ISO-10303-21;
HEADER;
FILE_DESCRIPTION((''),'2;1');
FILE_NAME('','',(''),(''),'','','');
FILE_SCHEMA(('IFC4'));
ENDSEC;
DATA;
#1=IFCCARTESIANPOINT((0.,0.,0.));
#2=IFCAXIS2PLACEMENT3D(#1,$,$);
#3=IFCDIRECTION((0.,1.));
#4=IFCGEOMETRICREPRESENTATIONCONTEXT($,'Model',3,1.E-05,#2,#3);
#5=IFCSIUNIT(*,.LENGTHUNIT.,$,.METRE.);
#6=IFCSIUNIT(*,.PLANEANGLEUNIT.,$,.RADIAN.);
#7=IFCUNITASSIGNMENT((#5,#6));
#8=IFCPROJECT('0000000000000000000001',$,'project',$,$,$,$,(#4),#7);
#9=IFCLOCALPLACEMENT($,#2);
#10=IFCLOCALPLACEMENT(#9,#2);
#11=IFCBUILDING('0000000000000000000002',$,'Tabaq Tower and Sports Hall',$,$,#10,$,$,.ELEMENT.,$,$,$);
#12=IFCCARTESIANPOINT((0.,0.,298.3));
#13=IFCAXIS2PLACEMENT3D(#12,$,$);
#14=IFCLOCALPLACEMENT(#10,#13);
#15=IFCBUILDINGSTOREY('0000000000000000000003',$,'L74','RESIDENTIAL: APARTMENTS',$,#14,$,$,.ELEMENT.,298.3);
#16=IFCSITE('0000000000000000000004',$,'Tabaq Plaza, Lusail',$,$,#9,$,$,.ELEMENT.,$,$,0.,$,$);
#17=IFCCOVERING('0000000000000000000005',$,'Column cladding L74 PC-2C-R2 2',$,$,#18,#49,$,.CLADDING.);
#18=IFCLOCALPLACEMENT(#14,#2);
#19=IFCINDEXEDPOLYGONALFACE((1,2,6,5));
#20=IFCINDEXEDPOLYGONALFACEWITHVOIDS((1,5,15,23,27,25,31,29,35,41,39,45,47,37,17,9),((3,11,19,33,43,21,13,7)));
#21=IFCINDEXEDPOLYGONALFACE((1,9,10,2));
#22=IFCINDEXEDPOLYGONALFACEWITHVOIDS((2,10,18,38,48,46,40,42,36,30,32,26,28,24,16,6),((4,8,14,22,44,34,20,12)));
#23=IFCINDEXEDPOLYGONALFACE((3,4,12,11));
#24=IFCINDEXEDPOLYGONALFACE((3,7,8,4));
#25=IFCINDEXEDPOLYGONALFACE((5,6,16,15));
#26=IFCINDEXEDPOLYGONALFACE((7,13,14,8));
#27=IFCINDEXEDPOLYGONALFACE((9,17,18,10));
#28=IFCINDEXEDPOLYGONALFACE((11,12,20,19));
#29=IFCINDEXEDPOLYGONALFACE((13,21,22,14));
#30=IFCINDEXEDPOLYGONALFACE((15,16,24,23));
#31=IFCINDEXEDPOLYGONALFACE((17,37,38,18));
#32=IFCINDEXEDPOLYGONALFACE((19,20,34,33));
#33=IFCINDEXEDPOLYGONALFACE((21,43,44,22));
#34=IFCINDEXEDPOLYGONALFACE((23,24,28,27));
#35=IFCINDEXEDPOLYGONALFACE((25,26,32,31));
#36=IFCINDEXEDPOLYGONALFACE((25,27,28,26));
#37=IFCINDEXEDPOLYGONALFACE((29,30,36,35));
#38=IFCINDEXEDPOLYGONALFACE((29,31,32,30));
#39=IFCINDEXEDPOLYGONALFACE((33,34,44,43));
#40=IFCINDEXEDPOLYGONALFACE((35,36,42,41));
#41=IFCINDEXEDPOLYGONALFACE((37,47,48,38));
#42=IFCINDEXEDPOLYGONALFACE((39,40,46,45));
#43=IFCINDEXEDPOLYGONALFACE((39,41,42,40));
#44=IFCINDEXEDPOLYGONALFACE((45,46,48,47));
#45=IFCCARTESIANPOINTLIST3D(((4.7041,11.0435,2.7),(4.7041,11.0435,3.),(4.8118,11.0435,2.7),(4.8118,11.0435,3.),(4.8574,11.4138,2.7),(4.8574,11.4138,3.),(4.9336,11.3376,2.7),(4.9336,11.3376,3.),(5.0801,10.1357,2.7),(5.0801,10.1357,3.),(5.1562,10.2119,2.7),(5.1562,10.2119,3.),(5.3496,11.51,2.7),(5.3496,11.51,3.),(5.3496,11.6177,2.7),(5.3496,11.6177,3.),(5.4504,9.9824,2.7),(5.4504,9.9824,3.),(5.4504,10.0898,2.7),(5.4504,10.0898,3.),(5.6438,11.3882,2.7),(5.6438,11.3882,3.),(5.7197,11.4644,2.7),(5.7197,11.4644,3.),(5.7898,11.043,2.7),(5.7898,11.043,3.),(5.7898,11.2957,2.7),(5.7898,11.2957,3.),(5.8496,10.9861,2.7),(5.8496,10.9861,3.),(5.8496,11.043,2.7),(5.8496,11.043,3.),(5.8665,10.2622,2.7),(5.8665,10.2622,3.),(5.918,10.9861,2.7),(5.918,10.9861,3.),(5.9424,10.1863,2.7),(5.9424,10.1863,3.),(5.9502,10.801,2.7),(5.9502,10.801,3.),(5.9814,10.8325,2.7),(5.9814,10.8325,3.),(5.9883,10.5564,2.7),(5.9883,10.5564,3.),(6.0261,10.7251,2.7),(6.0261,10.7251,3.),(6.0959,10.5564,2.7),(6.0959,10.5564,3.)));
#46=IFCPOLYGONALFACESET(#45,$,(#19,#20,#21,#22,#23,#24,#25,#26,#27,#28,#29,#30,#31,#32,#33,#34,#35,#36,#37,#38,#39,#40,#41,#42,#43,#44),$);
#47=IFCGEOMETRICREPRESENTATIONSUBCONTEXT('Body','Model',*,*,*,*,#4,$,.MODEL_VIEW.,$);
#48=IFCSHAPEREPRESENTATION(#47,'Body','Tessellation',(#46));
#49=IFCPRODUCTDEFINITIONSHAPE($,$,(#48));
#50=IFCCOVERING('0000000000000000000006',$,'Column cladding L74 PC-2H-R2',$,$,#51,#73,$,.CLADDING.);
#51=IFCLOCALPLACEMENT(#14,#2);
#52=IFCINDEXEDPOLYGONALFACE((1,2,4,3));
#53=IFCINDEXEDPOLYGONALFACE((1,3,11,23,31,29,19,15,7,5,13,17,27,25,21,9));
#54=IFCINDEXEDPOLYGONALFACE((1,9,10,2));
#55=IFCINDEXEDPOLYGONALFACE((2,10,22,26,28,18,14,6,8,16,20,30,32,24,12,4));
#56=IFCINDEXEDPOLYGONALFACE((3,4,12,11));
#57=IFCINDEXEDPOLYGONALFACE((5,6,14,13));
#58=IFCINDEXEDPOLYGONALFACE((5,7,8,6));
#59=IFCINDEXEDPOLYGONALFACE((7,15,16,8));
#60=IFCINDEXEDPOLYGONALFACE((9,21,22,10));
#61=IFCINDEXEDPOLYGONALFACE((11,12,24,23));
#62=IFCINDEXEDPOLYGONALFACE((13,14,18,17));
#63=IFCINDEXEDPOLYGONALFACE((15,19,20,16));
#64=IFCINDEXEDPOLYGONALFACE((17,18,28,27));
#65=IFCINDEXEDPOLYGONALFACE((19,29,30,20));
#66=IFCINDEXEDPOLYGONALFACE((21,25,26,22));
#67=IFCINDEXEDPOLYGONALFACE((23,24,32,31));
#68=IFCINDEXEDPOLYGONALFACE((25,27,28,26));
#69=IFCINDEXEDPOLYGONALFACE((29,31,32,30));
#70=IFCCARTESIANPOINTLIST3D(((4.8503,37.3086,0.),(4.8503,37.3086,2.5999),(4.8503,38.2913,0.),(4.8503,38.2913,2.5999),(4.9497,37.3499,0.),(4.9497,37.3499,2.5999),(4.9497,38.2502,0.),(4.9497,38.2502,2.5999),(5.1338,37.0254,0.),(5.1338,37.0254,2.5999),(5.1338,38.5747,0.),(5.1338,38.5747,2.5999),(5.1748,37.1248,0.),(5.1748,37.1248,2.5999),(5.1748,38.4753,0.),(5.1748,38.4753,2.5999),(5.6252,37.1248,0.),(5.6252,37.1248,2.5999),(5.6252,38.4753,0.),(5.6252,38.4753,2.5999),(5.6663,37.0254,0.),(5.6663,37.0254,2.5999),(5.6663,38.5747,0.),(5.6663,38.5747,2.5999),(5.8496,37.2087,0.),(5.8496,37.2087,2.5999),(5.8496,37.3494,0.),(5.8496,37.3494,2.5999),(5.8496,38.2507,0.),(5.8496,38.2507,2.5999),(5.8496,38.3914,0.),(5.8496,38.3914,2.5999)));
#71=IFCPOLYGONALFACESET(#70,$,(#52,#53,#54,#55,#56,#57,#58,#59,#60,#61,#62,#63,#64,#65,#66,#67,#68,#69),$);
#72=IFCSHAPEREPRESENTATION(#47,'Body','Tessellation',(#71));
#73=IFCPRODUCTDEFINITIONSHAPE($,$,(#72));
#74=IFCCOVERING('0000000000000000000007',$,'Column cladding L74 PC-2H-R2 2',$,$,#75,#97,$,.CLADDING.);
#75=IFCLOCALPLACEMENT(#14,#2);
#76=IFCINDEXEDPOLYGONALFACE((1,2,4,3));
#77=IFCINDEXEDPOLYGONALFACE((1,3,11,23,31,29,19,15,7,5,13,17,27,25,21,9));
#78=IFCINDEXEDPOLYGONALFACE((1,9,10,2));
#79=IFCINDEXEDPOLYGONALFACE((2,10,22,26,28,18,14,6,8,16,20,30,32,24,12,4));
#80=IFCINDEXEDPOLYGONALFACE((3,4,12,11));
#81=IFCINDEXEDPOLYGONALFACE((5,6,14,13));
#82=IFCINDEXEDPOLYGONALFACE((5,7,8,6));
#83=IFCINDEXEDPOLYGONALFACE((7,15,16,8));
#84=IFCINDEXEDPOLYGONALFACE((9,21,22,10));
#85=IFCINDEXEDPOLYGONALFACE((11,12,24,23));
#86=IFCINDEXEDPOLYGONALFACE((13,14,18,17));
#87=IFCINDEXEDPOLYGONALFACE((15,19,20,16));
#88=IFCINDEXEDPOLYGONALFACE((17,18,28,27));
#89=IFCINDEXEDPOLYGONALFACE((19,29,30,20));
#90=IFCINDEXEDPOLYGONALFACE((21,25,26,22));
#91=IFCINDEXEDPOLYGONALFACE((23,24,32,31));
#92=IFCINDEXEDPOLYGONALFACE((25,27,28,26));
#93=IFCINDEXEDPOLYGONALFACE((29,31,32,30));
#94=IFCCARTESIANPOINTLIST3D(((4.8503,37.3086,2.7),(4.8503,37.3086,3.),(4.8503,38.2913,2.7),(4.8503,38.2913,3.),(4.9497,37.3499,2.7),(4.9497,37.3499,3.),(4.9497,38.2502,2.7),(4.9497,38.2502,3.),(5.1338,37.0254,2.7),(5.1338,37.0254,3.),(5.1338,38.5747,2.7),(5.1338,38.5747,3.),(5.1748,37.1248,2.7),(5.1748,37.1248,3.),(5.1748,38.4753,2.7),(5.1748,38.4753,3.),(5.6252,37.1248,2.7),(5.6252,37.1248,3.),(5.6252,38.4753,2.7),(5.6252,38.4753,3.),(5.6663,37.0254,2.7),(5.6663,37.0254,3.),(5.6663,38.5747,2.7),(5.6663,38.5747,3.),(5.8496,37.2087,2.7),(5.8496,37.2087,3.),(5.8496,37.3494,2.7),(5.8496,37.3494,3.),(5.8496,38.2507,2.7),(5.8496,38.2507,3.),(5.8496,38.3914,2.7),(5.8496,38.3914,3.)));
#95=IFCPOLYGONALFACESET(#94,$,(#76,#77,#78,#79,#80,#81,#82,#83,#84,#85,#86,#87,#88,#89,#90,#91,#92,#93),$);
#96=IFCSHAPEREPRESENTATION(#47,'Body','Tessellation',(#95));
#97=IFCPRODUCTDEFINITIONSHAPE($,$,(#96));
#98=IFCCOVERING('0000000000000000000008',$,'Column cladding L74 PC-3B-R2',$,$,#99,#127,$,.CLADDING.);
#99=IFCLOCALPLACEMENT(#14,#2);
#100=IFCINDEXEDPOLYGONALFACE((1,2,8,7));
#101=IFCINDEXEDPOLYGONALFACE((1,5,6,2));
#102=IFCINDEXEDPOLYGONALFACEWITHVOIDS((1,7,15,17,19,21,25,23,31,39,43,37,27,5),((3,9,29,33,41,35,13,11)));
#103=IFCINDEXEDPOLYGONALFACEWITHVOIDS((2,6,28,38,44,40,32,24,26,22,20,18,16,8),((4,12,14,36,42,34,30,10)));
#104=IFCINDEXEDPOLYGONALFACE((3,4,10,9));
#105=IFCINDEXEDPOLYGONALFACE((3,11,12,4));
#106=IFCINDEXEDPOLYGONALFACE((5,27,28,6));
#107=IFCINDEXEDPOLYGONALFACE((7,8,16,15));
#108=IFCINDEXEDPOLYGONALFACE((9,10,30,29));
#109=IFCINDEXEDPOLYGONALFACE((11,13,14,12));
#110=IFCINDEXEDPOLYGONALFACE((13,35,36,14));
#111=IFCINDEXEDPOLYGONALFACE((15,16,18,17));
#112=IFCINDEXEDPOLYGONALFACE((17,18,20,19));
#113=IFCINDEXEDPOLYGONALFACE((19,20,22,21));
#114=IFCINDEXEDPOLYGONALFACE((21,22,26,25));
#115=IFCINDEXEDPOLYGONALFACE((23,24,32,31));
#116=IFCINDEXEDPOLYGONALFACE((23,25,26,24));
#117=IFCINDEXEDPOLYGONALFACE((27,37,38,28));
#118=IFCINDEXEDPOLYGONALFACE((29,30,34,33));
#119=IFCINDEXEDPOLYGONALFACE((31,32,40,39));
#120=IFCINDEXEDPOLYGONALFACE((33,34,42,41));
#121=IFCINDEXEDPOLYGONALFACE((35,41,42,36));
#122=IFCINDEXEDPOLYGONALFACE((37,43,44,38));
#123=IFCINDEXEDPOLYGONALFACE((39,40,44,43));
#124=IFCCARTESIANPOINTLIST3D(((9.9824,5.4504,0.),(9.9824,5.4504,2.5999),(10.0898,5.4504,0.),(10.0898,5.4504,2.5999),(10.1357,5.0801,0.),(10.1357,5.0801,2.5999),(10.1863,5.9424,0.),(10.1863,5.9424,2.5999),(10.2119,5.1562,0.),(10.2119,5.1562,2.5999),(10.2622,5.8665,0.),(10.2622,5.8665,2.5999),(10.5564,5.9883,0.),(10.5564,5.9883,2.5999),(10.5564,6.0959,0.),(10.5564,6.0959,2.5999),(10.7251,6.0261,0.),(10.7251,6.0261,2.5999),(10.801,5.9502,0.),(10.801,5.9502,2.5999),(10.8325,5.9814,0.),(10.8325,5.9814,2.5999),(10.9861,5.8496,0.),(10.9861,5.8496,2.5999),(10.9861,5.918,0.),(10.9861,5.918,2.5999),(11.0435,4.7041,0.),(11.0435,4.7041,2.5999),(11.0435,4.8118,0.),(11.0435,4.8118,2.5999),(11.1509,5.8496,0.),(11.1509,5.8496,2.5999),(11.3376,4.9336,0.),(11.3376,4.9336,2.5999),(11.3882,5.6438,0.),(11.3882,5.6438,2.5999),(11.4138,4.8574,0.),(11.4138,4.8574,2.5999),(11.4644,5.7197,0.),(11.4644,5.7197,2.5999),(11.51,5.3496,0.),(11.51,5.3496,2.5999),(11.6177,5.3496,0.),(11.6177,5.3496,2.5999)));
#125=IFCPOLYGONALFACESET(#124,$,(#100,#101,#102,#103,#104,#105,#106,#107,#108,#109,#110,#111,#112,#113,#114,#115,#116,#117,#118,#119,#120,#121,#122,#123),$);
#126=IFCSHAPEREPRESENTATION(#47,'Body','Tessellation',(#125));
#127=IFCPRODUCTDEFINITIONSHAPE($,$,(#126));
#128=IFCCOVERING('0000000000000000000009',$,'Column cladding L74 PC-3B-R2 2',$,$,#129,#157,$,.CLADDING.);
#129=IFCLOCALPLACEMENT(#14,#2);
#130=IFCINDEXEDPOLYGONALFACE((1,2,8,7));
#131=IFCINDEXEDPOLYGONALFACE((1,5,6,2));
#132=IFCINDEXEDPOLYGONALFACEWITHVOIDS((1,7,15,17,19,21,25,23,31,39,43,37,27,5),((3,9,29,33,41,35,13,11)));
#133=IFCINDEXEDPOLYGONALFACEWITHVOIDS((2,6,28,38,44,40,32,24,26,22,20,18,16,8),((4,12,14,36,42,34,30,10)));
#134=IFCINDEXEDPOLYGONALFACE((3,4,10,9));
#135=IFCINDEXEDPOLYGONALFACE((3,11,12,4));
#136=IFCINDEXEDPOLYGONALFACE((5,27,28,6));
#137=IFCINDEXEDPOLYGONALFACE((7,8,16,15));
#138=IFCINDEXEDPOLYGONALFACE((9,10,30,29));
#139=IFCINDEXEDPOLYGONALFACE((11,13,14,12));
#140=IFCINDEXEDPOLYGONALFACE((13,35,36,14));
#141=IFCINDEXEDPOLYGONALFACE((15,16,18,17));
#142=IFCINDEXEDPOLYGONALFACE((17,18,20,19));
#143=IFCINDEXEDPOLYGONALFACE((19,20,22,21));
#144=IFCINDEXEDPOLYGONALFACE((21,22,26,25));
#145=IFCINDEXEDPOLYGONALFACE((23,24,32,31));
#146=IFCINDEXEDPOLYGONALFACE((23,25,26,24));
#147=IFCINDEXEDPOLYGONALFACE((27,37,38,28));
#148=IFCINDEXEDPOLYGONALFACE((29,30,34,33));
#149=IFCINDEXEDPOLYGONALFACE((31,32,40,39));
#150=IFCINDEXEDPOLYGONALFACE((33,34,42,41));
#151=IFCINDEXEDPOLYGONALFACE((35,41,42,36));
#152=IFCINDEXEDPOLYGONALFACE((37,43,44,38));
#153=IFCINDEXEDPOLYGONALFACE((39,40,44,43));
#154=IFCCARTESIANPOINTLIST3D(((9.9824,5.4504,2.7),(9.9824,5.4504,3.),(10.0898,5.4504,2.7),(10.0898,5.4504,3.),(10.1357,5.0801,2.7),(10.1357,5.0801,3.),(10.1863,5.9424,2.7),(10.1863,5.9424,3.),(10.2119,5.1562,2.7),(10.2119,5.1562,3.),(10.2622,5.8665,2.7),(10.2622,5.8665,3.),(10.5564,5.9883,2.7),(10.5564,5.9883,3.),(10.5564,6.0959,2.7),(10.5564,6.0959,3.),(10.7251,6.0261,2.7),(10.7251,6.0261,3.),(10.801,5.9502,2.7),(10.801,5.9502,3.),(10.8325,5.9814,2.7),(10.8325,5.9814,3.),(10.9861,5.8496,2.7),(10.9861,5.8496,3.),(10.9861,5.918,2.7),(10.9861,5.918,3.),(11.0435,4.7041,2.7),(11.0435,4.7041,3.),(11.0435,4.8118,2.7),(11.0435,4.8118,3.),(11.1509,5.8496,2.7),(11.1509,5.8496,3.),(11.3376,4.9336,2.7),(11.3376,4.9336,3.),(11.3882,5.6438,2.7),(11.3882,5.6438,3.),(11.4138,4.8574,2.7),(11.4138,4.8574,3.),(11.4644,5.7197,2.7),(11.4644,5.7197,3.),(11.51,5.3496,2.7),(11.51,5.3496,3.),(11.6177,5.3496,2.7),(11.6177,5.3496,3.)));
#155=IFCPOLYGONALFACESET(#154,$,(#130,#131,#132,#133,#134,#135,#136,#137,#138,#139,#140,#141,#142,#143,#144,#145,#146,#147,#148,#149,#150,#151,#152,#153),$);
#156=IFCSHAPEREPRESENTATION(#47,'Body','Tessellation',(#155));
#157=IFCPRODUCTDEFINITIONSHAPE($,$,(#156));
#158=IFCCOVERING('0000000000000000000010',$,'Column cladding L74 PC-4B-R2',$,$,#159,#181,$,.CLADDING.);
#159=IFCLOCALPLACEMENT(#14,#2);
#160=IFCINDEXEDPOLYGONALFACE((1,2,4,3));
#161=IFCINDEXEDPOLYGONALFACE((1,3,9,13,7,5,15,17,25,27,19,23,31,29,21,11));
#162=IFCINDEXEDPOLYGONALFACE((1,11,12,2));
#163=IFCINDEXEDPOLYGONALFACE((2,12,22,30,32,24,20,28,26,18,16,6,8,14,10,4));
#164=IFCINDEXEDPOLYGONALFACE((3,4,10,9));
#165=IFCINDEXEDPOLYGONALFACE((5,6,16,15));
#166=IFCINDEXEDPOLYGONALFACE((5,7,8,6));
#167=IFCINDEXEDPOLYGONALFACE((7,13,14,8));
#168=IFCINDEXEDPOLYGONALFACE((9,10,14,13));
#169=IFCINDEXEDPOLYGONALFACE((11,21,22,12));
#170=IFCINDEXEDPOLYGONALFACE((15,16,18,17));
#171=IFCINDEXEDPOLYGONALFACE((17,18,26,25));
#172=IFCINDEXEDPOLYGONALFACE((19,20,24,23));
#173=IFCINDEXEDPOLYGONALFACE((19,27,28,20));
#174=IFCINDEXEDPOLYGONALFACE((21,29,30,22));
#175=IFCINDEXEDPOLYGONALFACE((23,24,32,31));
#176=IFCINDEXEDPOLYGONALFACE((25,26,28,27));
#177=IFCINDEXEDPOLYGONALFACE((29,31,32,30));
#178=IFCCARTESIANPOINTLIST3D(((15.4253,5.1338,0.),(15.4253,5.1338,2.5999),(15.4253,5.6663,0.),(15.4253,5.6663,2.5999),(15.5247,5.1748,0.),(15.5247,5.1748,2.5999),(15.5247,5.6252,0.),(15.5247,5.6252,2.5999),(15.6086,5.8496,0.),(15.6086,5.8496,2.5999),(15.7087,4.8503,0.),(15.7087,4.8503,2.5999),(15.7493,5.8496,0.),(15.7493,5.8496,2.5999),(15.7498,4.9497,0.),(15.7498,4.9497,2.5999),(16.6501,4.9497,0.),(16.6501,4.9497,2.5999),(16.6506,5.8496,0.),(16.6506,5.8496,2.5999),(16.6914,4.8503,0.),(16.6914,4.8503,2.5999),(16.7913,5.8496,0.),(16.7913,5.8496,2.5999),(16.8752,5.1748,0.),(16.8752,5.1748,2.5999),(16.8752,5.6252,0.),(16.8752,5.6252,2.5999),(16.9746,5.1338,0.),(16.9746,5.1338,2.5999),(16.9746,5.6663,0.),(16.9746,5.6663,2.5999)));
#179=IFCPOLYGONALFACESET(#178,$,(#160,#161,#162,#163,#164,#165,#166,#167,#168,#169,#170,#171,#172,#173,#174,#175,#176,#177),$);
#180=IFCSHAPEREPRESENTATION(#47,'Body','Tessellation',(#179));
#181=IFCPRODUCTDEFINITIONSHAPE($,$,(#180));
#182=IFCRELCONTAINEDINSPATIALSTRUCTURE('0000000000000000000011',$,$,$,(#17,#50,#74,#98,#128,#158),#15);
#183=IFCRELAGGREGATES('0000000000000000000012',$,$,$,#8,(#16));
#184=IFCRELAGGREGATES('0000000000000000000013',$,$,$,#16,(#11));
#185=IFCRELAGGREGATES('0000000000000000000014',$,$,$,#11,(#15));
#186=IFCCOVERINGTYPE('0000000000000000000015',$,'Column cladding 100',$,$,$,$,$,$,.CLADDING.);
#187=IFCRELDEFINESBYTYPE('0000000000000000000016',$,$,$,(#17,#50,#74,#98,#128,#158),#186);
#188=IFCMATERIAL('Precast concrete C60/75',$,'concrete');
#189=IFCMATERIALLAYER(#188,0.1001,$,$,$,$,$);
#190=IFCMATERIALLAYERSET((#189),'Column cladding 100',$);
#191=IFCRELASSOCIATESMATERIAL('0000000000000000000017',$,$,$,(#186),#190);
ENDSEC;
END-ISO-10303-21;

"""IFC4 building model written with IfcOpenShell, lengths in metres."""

from ifc_helpers import new_model, si_unit, direction, frame, origin, place, context, subcontext, project, spatial, polyline, outline, extrude, material, layer, layer_set, type_object, element, save


model = new_model("IFC4")

# Units and contexts
model_context = context("Model", 3, precision=1e-05, world=origin(), true_north=direction((0.0, 1.0)))
body_context = subcontext(model_context, "Body", "Model", "MODEL_VIEW")
ifc_project = project(units=[si_unit("LENGTHUNIT", "METRE"), si_unit("PLANEANGLEUNIT", "RADIAN")], contexts=[model_context])

# Site, building, storey
site_placement = place(None, origin())
site = spatial("IfcSite", under=ifc_project, at=site_placement, Name="Tabaq Plaza, Lusail", CompositionType="ELEMENT", RefElevation=0.0)
building_placement = place(site_placement, origin())
building = spatial("IfcBuilding", under=site, at=building_placement, Name="Tabaq Tower and Sports Hall", CompositionType="ELEMENT")
storey_placement = place(building_placement, frame((0.0, 0.0, 298.3)))
storey = spatial("IfcBuildingStorey", under=building, at=storey_placement, Name="L74", Description="RESIDENTIAL: APARTMENTS", CompositionType="ELEMENT", Elevation=298.3)

# Coverings
ifc_material_1 = material(Name="Precast concrete C60/75", Category="concrete")
ifc_layer_1 = layer(ifc_material_1, 0.1001)
ifc_layer_set_1 = layer_set([ifc_layer_1], Name="Column cladding 100")
covering_type = type_object("IfcCoveringType", Name="Column cladding 100", PredefinedType="CLADDING", material=ifc_layer_set_1)
covering_1_placement = place(storey_placement, frame((0.0, 0.0, 2.7)))
element("IfcCovering", 1, at=covering_1_placement, inside=storey, type_object=covering_type, Name="Column cladding L74 PC-2C-R2 2", PredefinedType="CLADDING", context=body_context, shape_type="SweptSolid", body=[
    extrude(outline(polyline([(5.4504, 9.9824), (5.0801, 10.1357), (4.7041, 11.0435), (4.8574, 11.4138), (5.3496, 11.6177), (5.7197, 11.4644), (5.7898, 11.2957), (5.7898, 11.043), (5.8496, 11.043), (5.8496, 10.9861), (5.918, 10.9861), (5.9814, 10.8325), (5.9502, 10.801), (6.0261, 10.7251), (6.0959, 10.5564), (5.9424, 10.1863), (5.4504, 9.9824)]), holes=[polyline([(5.3496, 11.51), (4.9336, 11.3376), (4.8118, 11.0435), (5.1562, 10.2119), (5.4504, 10.0898), (5.8665, 10.2622), (5.9883, 10.5564), (5.6438, 11.3882), (5.3496, 11.51)])]), origin(), (0.0, 0.0, 1.0), 0.3),
])
covering_2_placement = place(storey_placement, origin())
element("IfcCovering", 2, at=covering_2_placement, inside=storey, type_object=covering_type, Name="Column cladding L74 PC-2H-R2", PredefinedType="CLADDING", context=body_context, shape_type="SweptSolid", body=[
    extrude(outline(polyline([(5.1338, 37.0254), (4.8503, 37.3086), (4.8503, 38.2913), (5.1338, 38.5747), (5.6663, 38.5747), (5.8496, 38.3914), (5.8496, 38.2507), (5.6252, 38.4753), (5.1748, 38.4753), (4.9497, 38.2502), (4.9497, 37.3499), (5.1748, 37.1248), (5.6252, 37.1248), (5.8496, 37.3494), (5.8496, 37.2087), (5.6663, 37.0254), (5.1338, 37.0254)])), origin(), (0.0, 0.0, 1.0), 2.5999),
])
covering_3_placement = place(storey_placement, frame((0.0, 0.0, 2.7)))
element("IfcCovering", 3, at=covering_3_placement, inside=storey, type_object=covering_type, Name="Column cladding L74 PC-2H-R2 2", PredefinedType="CLADDING", context=body_context, shape_type="SweptSolid", body=[
    extrude(outline(polyline([(5.1338, 37.0254), (4.8503, 37.3086), (4.8503, 38.2913), (5.1338, 38.5747), (5.6663, 38.5747), (5.8496, 38.3914), (5.8496, 38.2507), (5.6252, 38.4753), (5.1748, 38.4753), (4.9497, 38.2502), (4.9497, 37.3499), (5.1748, 37.1248), (5.6252, 37.1248), (5.8496, 37.3494), (5.8496, 37.2087), (5.6663, 37.0254), (5.1338, 37.0254)])), origin(), (0.0, 0.0, 1.0), 0.3),
])
covering_4_placement = place(storey_placement, origin())
element("IfcCovering", 4, at=covering_4_placement, inside=storey, type_object=covering_type, Name="Column cladding L74 PC-3B-R2", PredefinedType="CLADDING", context=body_context, shape_type="SweptSolid", body=[
    extrude(outline(polyline([(11.4138, 4.8574), (11.0435, 4.7041), (10.1357, 5.0801), (9.9824, 5.4504), (10.1863, 5.9424), (10.5564, 6.0959), (10.7251, 6.0261), (10.801, 5.9502), (10.8325, 5.9814), (10.9861, 5.918), (10.9861, 5.8496), (11.1509, 5.8496), (11.4644, 5.7197), (11.6177, 5.3496), (11.4138, 4.8574)]), holes=[polyline([(10.2622, 5.8665), (10.0898, 5.4504), (10.2119, 5.1562), (11.0435, 4.8118), (11.3376, 4.9336), (11.51, 5.3496), (11.3882, 5.6438), (10.5564, 5.9883), (10.2622, 5.8665)])]), origin(), (0.0, 0.0, 1.0), 2.5999),
])
covering_5_placement = place(storey_placement, frame((0.0, 0.0, 2.7)))
element("IfcCovering", 5, at=covering_5_placement, inside=storey, type_object=covering_type, Name="Column cladding L74 PC-3B-R2 2", PredefinedType="CLADDING", context=body_context, shape_type="SweptSolid", body=[
    extrude(outline(polyline([(11.4138, 4.8574), (11.0435, 4.7041), (10.1357, 5.0801), (9.9824, 5.4504), (10.1863, 5.9424), (10.5564, 6.0959), (10.7251, 6.0261), (10.801, 5.9502), (10.8325, 5.9814), (10.9861, 5.918), (10.9861, 5.8496), (11.1509, 5.8496), (11.4644, 5.7197), (11.6177, 5.3496), (11.4138, 4.8574)]), holes=[polyline([(10.2622, 5.8665), (10.0898, 5.4504), (10.2119, 5.1562), (11.0435, 4.8118), (11.3376, 4.9336), (11.51, 5.3496), (11.3882, 5.6438), (10.5564, 5.9883), (10.2622, 5.8665)])]), origin(), (0.0, 0.0, 1.0), 0.3),
])
covering_6_placement = place(storey_placement, origin())
element("IfcCovering", 6, at=covering_6_placement, inside=storey, type_object=covering_type, Name="Column cladding L74 PC-4B-R2", PredefinedType="CLADDING", context=body_context, shape_type="SweptSolid", body=[
    extrude(outline(polyline([(15.4253, 5.6663), (15.6086, 5.8496), (15.7493, 5.8496), (15.5247, 5.6252), (15.5247, 5.1748), (15.7498, 4.9497), (16.6501, 4.9497), (16.8752, 5.1748), (16.8752, 5.6252), (16.6506, 5.8496), (16.7913, 5.8496), (16.9746, 5.6663), (16.9746, 5.1338), (16.6914, 4.8503), (15.7087, 4.8503), (15.4253, 5.1338), (15.4253, 5.6663)])), origin(), (0.0, 0.0, 1.0), 2.5999),
])

save(model, "model.ifc")
